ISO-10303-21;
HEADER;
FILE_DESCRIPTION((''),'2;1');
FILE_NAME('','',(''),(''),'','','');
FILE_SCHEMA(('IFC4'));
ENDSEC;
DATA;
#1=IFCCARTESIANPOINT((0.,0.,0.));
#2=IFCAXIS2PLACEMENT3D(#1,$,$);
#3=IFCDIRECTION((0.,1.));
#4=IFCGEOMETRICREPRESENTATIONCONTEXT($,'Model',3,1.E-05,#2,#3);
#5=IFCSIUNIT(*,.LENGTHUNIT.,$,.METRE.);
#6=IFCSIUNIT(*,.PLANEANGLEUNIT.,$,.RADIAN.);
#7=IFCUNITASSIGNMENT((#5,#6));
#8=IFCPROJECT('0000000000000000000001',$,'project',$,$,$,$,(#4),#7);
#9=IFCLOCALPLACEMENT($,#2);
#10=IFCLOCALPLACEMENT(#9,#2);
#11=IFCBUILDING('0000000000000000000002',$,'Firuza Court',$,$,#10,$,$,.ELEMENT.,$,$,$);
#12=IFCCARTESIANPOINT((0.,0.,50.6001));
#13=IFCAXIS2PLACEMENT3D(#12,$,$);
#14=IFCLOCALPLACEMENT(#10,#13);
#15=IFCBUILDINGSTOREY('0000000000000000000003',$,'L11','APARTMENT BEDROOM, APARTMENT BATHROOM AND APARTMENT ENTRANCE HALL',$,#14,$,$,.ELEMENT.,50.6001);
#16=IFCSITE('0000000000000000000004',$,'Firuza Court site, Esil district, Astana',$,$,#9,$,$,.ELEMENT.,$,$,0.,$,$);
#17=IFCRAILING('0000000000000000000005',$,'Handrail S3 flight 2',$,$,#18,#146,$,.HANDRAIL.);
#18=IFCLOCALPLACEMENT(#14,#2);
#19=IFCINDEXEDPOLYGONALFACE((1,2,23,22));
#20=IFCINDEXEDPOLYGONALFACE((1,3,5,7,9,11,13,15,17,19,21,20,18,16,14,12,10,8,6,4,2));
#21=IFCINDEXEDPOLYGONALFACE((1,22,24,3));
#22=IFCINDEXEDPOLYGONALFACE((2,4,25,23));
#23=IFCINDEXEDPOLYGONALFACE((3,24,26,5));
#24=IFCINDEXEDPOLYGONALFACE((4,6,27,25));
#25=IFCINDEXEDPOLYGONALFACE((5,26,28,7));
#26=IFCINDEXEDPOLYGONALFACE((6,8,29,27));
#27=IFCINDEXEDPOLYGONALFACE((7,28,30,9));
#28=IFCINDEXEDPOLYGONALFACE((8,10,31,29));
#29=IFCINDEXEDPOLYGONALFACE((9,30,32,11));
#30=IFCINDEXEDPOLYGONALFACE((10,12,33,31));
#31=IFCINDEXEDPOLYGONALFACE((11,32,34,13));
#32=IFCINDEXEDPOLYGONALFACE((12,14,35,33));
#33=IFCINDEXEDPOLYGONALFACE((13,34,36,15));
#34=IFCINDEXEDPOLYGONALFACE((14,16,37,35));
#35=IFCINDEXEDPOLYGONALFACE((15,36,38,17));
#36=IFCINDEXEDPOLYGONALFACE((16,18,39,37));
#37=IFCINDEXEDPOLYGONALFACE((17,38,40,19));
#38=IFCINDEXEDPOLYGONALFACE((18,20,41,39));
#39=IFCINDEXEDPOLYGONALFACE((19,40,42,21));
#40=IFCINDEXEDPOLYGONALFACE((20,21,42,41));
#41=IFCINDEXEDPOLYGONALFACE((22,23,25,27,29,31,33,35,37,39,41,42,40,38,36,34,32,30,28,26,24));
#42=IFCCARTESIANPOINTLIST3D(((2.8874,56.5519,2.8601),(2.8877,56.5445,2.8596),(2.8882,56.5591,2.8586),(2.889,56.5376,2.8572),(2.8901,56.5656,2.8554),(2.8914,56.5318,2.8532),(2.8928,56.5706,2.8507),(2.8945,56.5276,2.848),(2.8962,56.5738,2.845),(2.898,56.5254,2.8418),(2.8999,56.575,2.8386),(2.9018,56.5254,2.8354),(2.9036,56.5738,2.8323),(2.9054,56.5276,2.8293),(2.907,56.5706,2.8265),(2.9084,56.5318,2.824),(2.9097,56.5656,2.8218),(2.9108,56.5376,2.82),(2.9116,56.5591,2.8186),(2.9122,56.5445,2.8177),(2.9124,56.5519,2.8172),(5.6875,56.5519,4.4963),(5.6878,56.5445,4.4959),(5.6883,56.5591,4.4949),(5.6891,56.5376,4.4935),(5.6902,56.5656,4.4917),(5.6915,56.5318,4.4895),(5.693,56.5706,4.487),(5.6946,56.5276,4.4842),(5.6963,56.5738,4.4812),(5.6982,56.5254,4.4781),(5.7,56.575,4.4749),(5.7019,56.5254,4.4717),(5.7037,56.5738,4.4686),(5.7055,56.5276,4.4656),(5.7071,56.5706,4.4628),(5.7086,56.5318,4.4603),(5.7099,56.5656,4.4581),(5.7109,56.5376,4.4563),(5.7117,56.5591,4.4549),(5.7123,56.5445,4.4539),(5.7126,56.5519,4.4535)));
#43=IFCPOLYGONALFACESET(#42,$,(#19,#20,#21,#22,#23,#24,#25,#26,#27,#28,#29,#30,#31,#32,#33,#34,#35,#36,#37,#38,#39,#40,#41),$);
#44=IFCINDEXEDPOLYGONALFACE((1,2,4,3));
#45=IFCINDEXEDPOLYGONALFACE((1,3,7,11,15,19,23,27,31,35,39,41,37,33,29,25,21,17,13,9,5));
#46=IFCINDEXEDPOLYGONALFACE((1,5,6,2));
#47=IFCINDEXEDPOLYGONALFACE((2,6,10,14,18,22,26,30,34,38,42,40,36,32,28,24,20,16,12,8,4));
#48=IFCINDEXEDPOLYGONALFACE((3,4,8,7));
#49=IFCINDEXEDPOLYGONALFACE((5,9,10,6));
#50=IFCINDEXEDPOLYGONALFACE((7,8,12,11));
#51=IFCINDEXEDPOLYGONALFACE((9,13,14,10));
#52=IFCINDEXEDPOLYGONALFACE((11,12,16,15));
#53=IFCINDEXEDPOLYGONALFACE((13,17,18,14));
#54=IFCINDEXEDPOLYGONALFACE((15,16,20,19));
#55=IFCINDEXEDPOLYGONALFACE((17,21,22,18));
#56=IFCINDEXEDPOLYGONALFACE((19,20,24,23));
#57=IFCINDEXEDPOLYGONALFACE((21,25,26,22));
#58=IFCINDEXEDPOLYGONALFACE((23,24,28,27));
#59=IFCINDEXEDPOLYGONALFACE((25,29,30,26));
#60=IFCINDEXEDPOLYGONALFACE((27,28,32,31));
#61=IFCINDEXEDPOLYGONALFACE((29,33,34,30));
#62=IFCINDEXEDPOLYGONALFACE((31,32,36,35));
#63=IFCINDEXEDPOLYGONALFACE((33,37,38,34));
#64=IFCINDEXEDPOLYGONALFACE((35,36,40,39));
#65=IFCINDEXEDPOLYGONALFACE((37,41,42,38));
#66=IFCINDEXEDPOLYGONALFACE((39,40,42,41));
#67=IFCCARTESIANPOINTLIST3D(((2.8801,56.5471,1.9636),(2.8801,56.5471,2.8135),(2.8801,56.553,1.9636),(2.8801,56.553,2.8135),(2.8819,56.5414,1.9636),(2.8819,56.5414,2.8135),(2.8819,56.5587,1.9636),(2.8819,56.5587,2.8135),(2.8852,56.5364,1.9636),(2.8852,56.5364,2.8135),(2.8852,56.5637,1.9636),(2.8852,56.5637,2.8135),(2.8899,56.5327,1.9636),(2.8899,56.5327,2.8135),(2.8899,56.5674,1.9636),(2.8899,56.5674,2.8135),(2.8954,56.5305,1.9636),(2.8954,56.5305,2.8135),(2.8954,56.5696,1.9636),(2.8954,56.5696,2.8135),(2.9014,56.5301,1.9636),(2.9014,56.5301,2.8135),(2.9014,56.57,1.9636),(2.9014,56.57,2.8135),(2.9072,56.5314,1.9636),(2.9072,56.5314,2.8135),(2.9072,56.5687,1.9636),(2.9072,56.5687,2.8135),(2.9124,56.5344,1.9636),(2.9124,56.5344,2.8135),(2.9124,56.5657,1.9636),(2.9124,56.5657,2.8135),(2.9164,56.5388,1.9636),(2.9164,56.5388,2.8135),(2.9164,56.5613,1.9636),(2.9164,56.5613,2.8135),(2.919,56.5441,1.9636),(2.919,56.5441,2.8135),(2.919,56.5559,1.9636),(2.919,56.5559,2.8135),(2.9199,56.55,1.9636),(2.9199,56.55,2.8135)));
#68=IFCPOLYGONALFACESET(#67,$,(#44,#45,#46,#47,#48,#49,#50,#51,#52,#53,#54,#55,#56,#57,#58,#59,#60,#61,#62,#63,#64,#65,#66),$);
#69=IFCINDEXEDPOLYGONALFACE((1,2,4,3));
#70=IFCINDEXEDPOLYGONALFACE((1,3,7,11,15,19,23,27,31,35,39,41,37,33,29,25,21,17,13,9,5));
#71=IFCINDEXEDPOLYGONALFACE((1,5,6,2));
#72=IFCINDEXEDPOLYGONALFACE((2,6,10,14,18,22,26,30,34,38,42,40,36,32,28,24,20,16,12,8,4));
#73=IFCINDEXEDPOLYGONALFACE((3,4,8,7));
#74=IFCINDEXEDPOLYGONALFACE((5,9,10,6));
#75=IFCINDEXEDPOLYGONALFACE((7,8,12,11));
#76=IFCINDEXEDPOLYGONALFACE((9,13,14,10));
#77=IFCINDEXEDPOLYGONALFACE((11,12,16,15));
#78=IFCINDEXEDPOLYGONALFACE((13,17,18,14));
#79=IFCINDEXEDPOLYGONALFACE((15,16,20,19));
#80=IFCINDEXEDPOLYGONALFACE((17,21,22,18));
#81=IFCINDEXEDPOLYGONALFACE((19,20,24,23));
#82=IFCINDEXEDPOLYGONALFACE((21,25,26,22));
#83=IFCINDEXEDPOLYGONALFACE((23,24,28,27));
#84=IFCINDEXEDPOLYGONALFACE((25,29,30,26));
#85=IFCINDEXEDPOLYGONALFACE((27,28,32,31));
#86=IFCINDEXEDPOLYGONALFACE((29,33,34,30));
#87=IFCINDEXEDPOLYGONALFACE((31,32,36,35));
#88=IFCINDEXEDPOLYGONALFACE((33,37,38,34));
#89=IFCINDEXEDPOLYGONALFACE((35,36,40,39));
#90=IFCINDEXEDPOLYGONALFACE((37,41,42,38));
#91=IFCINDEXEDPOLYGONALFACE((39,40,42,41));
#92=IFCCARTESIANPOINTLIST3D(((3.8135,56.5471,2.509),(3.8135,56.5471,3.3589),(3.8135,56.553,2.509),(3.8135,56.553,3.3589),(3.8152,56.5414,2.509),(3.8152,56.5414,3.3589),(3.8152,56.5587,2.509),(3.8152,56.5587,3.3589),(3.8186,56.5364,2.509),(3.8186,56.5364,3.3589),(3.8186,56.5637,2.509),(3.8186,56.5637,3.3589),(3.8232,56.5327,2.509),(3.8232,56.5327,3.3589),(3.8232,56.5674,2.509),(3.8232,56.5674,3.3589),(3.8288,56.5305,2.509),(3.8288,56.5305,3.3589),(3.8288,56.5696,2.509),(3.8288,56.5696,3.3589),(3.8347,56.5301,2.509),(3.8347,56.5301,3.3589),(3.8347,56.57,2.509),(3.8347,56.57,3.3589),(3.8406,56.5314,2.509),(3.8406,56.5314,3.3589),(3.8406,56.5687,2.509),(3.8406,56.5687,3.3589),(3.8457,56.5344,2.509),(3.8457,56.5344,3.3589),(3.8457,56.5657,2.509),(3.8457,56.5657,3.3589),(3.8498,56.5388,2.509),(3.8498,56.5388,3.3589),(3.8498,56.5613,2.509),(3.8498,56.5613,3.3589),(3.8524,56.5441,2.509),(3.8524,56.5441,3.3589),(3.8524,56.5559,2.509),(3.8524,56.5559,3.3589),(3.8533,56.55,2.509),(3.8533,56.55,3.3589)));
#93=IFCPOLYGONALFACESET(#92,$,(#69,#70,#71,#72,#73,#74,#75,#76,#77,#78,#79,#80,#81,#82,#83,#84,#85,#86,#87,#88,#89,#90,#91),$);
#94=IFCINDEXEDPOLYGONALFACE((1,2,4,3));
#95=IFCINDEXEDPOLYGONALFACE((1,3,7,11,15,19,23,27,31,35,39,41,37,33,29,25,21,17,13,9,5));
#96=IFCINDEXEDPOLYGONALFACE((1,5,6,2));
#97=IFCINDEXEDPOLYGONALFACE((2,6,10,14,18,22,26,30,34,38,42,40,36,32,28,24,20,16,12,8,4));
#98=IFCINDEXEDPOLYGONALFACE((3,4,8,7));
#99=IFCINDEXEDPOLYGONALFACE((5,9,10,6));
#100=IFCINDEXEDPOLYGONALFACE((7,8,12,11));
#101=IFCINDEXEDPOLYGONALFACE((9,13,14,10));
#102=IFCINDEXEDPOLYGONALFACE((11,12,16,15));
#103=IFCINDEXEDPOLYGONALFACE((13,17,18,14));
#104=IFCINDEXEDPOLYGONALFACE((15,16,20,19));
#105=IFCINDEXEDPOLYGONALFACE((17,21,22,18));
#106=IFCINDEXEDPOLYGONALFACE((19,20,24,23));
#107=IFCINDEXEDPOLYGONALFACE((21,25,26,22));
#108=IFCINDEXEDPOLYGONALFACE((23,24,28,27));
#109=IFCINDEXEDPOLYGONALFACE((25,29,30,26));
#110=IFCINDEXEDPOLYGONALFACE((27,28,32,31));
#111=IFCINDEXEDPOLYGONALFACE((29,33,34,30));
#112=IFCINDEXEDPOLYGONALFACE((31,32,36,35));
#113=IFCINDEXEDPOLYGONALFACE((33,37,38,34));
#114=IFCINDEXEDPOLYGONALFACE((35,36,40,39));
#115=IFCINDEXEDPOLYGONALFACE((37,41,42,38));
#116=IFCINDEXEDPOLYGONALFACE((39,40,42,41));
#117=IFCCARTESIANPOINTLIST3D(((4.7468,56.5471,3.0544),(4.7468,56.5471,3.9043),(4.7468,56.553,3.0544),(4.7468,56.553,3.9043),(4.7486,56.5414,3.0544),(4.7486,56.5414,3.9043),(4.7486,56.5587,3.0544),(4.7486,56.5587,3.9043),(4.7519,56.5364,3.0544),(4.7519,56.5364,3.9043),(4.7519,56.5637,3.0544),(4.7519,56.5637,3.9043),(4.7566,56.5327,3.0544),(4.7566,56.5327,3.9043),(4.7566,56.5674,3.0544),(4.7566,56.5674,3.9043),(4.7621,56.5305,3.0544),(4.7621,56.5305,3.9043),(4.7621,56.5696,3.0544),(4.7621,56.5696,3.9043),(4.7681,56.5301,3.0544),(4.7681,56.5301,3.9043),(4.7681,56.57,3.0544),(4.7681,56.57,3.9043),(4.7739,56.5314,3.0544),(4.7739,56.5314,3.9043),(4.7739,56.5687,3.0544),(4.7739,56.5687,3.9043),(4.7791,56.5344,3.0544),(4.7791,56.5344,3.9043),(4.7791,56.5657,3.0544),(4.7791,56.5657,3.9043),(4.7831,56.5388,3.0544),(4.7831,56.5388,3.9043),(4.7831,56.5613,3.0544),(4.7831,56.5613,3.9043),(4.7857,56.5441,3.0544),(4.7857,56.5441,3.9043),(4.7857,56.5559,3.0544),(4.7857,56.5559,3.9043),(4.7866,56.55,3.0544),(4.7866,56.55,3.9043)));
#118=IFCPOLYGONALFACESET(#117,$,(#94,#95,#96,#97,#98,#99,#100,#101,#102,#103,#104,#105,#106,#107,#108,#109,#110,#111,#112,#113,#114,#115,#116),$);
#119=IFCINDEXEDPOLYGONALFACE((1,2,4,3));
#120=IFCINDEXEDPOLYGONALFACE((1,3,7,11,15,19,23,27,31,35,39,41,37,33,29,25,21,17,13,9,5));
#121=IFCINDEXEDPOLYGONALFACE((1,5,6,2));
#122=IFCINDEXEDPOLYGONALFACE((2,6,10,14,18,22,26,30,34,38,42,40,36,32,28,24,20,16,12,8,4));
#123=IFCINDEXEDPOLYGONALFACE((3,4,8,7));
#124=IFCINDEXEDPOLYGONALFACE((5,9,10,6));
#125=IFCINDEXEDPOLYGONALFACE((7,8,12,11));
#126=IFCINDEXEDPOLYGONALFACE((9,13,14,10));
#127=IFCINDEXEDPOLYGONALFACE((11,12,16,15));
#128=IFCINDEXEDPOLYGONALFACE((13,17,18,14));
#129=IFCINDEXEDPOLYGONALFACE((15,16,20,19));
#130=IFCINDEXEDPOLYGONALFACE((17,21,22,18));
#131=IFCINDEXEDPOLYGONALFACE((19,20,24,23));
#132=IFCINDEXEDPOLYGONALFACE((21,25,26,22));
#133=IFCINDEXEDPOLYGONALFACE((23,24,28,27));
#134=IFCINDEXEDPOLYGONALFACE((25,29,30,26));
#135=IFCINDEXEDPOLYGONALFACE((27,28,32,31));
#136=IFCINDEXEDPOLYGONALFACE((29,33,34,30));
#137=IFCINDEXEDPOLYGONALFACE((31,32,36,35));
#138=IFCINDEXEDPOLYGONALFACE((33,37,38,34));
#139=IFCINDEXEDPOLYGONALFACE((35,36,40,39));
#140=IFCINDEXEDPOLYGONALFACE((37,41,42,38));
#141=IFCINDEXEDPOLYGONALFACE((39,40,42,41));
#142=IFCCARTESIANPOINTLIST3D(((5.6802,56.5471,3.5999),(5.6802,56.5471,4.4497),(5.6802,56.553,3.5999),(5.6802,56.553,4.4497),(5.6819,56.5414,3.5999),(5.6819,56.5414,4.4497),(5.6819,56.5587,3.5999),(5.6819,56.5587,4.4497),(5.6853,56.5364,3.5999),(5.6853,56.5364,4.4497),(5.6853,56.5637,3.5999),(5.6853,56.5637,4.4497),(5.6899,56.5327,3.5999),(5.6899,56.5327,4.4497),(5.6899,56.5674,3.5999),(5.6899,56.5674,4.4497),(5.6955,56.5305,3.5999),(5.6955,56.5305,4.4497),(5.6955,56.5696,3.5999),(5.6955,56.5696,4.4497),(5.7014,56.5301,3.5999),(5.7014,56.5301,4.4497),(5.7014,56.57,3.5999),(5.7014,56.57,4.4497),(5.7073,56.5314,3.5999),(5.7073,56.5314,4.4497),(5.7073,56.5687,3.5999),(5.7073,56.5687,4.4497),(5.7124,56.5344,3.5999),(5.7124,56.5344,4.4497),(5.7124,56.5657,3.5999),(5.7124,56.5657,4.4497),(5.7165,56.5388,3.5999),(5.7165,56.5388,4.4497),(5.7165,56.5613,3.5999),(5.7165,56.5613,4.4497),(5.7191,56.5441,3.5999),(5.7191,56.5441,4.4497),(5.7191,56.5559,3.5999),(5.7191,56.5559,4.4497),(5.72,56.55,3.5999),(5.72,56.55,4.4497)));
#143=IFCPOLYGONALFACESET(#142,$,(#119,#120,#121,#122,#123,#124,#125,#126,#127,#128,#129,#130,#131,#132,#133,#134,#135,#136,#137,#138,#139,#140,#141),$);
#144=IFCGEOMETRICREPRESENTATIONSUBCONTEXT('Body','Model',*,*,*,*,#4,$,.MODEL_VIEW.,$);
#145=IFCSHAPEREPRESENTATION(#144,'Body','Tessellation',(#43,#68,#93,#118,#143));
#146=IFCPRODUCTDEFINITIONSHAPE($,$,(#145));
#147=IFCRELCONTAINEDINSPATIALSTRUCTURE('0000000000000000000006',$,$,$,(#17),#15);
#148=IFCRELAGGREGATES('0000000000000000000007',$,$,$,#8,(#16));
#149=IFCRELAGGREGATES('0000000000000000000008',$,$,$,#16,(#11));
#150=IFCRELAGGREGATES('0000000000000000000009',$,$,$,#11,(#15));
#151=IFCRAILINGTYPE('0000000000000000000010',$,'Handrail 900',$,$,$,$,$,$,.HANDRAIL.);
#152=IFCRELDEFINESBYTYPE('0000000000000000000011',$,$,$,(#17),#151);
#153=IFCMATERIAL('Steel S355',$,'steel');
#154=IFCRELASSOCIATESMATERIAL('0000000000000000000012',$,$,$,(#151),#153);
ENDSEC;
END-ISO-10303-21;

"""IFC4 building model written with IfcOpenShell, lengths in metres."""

from ifc_helpers import new_model, si_unit, direction, frame, origin, origin_2d, place, context, subcontext, project, spatial, circle, extrude, material, type_object, element, save


model = new_model("IFC4")

# Units and contexts
model_context = context("Model", 3, precision=1e-05, world=origin(), true_north=direction((0.0, 1.0)))
body_context = subcontext(model_context, "Body", "Model", "MODEL_VIEW")
ifc_project = project(units=[si_unit("LENGTHUNIT", "METRE"), si_unit("PLANEANGLEUNIT", "RADIAN")], contexts=[model_context])

# Site, building, storey
site_placement = place(None, origin())
site = spatial("IfcSite", under=ifc_project, at=site_placement, Name="Firuza Court site, Esil district, Astana", CompositionType="ELEMENT", RefElevation=0.0)
building_placement = place(site_placement, origin())
building = spatial("IfcBuilding", under=site, at=building_placement, Name="Firuza Court", CompositionType="ELEMENT")
storey_placement = place(building_placement, frame((0.0, 0.0, 50.6001)))
storey = spatial("IfcBuildingStorey", under=building, at=storey_placement, Name="L11", Description="APARTMENT BEDROOM, APARTMENT BATHROOM AND APARTMENT ENTRANCE HALL", CompositionType="ELEMENT", Elevation=50.6001)

# Railing
ifc_material_1 = material(Name="Steel S355", Category="steel")
railing_type_1 = type_object("IfcRailingType", Name="Handrail 900", PredefinedType="HANDRAIL", material=ifc_material_1)
railing_1_placement = place(storey_placement, frame((2.8999, 56.55, 1.9636)))
element("IfcRailing", 1, at=railing_1_placement, inside=storey, type_object=railing_type_1, Name="Handrail S3 flight 2", PredefinedType="HANDRAIL", context=body_context, shape_type="SweptSolid", body=[
    extrude(circle(Radius=0.0249, at=origin_2d()), frame((0.0, 0.0, 0.875), z_axis=(0.863394, 0.0, 0.504531), x_axis=(0.0, 1.0, 0.0)), (0.0, 0.0, 1.0), 3.2432),
    extrude(circle(Radius=0.02, at=origin_2d()), origin(), (0.0, 0.0, 1.0), 0.8499),
    extrude(circle(Radius=0.02, at=origin_2d()), frame((0.9333, 0.0, 0.5454)), (0.0, 0.0, 1.0), 0.8499),
    extrude(circle(Radius=0.02, at=origin_2d()), frame((1.8667, 0.0, 1.0908)), (0.0, 0.0, 1.0), 0.8499),
    extrude(circle(Radius=0.02, at=origin_2d()), frame((2.8, 0.0, 1.6362)), (0.0, 0.0, 1.0), 0.8499),
])

save(model, "model.ifc")
